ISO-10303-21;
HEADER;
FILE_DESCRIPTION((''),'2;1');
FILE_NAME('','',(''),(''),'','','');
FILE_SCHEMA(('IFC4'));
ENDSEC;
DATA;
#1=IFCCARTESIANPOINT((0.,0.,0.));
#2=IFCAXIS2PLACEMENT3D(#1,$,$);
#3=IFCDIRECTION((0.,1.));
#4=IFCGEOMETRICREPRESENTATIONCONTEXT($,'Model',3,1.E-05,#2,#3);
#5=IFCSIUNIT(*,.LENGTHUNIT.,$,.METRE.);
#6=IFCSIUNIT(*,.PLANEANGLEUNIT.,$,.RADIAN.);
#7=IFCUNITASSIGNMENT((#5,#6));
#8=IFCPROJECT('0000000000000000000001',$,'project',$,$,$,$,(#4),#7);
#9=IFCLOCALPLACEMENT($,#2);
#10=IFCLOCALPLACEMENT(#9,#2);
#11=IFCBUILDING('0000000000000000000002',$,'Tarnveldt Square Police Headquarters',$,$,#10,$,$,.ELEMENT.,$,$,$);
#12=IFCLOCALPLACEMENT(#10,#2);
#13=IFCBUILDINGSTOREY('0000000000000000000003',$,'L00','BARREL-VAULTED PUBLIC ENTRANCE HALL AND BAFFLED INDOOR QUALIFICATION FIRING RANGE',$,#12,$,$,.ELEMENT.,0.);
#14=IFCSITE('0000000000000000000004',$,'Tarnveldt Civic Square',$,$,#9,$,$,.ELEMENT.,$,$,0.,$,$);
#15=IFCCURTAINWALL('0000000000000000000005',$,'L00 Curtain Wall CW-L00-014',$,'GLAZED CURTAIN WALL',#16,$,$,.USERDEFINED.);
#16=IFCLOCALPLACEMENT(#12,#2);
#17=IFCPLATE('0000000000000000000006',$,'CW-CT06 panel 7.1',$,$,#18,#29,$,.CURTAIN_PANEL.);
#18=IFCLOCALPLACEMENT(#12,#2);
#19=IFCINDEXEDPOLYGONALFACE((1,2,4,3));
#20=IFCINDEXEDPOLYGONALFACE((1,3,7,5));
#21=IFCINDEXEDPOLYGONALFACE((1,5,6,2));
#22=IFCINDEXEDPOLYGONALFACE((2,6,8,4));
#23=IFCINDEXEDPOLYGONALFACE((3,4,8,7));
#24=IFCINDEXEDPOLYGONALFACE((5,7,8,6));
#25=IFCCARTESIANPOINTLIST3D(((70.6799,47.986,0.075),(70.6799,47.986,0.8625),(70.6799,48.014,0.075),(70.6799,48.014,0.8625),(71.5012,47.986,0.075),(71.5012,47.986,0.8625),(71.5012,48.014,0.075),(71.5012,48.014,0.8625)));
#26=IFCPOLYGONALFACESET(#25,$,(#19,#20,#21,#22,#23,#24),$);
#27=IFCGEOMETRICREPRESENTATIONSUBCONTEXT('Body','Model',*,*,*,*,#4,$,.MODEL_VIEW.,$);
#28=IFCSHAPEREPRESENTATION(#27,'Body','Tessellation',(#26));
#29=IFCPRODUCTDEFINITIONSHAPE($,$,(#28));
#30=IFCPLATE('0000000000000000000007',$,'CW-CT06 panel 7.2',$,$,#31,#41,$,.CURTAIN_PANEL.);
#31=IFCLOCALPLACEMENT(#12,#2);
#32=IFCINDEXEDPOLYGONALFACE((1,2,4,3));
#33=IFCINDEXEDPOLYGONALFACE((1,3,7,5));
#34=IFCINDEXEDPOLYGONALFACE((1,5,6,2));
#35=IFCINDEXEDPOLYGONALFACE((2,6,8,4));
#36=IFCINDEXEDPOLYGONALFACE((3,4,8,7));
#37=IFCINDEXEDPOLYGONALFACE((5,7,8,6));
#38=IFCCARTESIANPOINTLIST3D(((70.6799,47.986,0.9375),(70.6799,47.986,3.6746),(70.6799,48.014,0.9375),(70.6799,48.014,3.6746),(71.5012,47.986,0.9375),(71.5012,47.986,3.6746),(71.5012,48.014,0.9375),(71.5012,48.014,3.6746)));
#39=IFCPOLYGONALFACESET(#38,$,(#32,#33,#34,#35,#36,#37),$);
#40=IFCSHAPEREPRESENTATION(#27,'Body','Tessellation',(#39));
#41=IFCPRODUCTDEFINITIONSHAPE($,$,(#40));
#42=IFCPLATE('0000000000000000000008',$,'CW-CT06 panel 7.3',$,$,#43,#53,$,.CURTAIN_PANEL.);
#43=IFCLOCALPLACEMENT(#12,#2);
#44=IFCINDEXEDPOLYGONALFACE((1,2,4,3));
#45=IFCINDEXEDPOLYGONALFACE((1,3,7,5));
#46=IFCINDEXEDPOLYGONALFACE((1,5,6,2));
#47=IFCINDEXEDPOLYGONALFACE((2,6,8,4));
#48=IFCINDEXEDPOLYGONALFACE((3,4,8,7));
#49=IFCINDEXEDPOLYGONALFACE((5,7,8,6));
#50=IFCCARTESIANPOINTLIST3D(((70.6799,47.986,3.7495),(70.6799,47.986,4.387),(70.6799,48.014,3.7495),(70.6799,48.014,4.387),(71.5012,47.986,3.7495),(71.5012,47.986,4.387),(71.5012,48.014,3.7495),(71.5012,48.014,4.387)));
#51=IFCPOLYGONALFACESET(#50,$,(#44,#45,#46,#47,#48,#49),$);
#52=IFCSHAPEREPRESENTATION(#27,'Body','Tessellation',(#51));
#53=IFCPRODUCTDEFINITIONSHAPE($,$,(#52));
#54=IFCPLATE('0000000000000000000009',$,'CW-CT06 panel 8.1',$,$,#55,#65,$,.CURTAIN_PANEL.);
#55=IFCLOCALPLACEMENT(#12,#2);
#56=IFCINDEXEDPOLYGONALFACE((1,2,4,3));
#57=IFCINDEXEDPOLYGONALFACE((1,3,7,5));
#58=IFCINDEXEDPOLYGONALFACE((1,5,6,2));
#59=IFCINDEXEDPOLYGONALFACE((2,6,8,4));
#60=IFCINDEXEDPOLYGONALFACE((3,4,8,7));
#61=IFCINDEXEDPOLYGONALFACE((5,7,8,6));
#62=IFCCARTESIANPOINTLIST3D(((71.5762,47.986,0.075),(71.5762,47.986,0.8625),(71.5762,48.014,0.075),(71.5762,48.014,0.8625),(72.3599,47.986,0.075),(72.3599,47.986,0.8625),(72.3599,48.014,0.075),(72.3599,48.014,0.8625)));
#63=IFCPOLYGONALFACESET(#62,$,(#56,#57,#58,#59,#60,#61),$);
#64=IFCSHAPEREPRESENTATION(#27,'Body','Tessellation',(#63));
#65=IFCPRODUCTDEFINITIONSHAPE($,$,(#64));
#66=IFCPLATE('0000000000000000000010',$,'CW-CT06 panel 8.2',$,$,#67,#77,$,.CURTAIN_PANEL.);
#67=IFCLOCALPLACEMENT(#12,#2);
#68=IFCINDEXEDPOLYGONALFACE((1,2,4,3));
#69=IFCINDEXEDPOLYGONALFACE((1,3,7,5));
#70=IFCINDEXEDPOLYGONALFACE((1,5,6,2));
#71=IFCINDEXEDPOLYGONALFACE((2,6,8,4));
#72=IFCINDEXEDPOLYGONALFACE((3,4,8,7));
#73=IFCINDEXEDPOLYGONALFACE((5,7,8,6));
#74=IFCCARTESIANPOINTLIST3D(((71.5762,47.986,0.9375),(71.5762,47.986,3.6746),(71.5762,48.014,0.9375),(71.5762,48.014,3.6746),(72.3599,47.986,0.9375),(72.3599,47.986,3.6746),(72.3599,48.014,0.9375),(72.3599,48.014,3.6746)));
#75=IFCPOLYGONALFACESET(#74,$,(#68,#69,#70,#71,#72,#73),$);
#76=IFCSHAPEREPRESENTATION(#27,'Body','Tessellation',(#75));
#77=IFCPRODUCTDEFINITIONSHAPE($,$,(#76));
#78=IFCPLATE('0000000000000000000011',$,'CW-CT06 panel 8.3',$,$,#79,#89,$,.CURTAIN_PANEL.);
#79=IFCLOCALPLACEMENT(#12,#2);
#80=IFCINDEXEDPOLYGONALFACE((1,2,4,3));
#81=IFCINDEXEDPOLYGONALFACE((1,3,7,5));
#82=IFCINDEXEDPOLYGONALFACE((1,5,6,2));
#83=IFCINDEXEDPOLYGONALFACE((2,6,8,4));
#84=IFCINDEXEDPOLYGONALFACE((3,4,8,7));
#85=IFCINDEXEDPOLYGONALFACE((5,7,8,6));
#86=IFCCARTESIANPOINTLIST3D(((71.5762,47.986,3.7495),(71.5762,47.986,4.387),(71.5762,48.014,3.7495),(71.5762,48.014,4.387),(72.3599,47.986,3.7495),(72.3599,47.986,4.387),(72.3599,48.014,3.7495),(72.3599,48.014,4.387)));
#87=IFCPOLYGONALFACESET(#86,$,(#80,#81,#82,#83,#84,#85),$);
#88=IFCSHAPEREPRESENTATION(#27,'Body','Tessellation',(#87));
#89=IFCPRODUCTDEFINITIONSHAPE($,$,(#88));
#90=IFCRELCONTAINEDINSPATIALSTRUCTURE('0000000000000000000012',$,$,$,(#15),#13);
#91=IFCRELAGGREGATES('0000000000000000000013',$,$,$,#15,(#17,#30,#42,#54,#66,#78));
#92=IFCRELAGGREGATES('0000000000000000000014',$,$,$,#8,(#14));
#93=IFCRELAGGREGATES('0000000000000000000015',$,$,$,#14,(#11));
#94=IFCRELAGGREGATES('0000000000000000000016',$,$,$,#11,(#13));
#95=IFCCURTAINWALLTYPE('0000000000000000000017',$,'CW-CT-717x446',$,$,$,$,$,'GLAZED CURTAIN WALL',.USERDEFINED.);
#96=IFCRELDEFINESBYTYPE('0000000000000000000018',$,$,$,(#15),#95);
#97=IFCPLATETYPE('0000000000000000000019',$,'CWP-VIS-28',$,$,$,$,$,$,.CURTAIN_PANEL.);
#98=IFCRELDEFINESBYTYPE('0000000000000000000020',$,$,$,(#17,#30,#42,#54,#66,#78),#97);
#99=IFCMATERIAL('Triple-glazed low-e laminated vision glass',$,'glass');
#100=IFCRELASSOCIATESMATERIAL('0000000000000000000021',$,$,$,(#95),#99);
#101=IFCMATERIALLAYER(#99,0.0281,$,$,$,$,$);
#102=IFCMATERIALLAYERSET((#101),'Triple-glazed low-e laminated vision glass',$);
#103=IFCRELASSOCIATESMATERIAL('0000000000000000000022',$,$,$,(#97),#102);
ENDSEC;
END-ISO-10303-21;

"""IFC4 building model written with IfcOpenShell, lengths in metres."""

from ifc_helpers import new_model, si_unit, direction, frame, origin, origin_2d, place, context, subcontext, project, spatial, rectangle, extrude, material, layer, layer_set, type_object, element, aggregate, save


model = new_model("IFC4")

# Units and contexts
model_context = context("Model", 3, precision=1e-05, world=origin(), true_north=direction((0.0, 1.0)))
body_context = subcontext(model_context, "Body", "Model", "MODEL_VIEW")
ifc_project = project(units=[si_unit("LENGTHUNIT", "METRE"), si_unit("PLANEANGLEUNIT", "RADIAN")], contexts=[model_context])

# Site, building, storey
site_placement = place(None, origin())
site = spatial("IfcSite", under=ifc_project, at=site_placement, Name="Tarnveldt Civic Square", CompositionType="ELEMENT", RefElevation=0.0)
building_placement = place(site_placement, origin())
building = spatial("IfcBuilding", under=site, at=building_placement, Name="Tarnveldt Square Police Headquarters", CompositionType="ELEMENT")
storey_placement = place(building_placement, origin())
storey = spatial("IfcBuildingStorey", under=building, at=storey_placement, Name="L00", Description="BARREL-VAULTED PUBLIC ENTRANCE HALL AND BAFFLED INDOOR QUALIFICATION FIRING RANGE", CompositionType="ELEMENT", Elevation=0.0)

# Curtain wall
ifc_material_1 = material(Name="Triple-glazed low-e laminated vision glass", Category="glass")
curtain_wall_type_1 = type_object("IfcCurtainWallType", Name="CW-CT-717x446", ElementType="GLAZED CURTAIN WALL", PredefinedType="USERDEFINED", material=ifc_material_1)
curtain_wall_1_placement = place(storey_placement, origin())
curtain_wall_1 = element("IfcCurtainWall", 1, at=curtain_wall_1_placement, inside=storey, type_object=curtain_wall_type_1, Name="L00 Curtain Wall CW-L00-014", ObjectType="GLAZED CURTAIN WALL", PredefinedType="USERDEFINED")

# Plates
ifc_layer = layer(ifc_material_1, 0.0281)
ifc_layer_set = layer_set([ifc_layer], Name="Triple-glazed low-e laminated vision glass")
plate_type = type_object("IfcPlateType", Name="CWP-VIS-28", PredefinedType="CURTAIN_PANEL", material=ifc_layer_set)
plate_1_placement = place(storey_placement, frame((71.0906, 48.0, 0.075), z_axis=(0.0, 0.0, 1.0), x_axis=(1.0, 0.0, 0.0)))
plate_1 = element("IfcPlate", 2, at=plate_1_placement, type_object=plate_type, Name="CW-CT06 panel 7.1", PredefinedType="CURTAIN_PANEL", context=body_context, shape_type="SweptSolid", body=[
    extrude(rectangle(XDim=0.8213, YDim=0.0281, at=origin_2d()), origin(), (0.0, 0.0, 1.0), 0.7876),
])
plate_2_placement = place(storey_placement, frame((71.0906, 48.0, 0.9375), z_axis=(0.0, 0.0, 1.0), x_axis=(1.0, 0.0, 0.0)))
plate_2 = element("IfcPlate", 3, at=plate_2_placement, type_object=plate_type, Name="CW-CT06 panel 7.2", PredefinedType="CURTAIN_PANEL", context=body_context, shape_type="SweptSolid", body=[
    extrude(rectangle(XDim=0.8213, YDim=0.0281, at=origin_2d()), origin(), (0.0, 0.0, 1.0), 2.7371),
])
plate_3_placement = place(storey_placement, frame((71.0906, 48.0, 3.7495), z_axis=(0.0, 0.0, 1.0), x_axis=(1.0, 0.0, 0.0)))
plate_3 = element("IfcPlate", 4, at=plate_3_placement, type_object=plate_type, Name="CW-CT06 panel 7.3", PredefinedType="CURTAIN_PANEL", context=body_context, shape_type="SweptSolid", body=[
    extrude(rectangle(XDim=0.8213, YDim=0.0281, at=origin_2d()), origin(), (0.0, 0.0, 1.0), 0.6375),
])
plate_4_placement = place(storey_placement, frame((71.968, 48.0, 0.075), z_axis=(0.0, 0.0, 1.0), x_axis=(1.0, 0.0, 0.0)))
plate_4 = element("IfcPlate", 5, at=plate_4_placement, type_object=plate_type, Name="CW-CT06 panel 8.1", PredefinedType="CURTAIN_PANEL", context=body_context, shape_type="SweptSolid", body=[
    extrude(rectangle(XDim=0.7837, YDim=0.0281, at=origin_2d()), origin(), (0.0, 0.0, 1.0), 0.7876),
])
plate_5_placement = place(storey_placement, frame((71.968, 48.0, 0.9375), z_axis=(0.0, 0.0, 1.0), x_axis=(1.0, 0.0, 0.0)))
plate_5 = element("IfcPlate", 6, at=plate_5_placement, type_object=plate_type, Name="CW-CT06 panel 8.2", PredefinedType="CURTAIN_PANEL", context=body_context, shape_type="SweptSolid", body=[
    extrude(rectangle(XDim=0.7837, YDim=0.0281, at=origin_2d()), origin(), (0.0, 0.0, 1.0), 2.7371),
])
plate_6_placement = place(storey_placement, frame((71.968, 48.0, 3.7495), z_axis=(0.0, 0.0, 1.0), x_axis=(1.0, 0.0, 0.0)))
plate_6 = element("IfcPlate", 7, at=plate_6_placement, type_object=plate_type, Name="CW-CT06 panel 8.3", PredefinedType="CURTAIN_PANEL", context=body_context, shape_type="SweptSolid", body=[
    extrude(rectangle(XDim=0.7837, YDim=0.0281, at=origin_2d()), origin(), (0.0, 0.0, 1.0), 0.6375),
])
aggregate(curtain_wall_1, [plate_1, plate_2, plate_3, plate_4, plate_5, plate_6])

save(model, "model.ifc")
